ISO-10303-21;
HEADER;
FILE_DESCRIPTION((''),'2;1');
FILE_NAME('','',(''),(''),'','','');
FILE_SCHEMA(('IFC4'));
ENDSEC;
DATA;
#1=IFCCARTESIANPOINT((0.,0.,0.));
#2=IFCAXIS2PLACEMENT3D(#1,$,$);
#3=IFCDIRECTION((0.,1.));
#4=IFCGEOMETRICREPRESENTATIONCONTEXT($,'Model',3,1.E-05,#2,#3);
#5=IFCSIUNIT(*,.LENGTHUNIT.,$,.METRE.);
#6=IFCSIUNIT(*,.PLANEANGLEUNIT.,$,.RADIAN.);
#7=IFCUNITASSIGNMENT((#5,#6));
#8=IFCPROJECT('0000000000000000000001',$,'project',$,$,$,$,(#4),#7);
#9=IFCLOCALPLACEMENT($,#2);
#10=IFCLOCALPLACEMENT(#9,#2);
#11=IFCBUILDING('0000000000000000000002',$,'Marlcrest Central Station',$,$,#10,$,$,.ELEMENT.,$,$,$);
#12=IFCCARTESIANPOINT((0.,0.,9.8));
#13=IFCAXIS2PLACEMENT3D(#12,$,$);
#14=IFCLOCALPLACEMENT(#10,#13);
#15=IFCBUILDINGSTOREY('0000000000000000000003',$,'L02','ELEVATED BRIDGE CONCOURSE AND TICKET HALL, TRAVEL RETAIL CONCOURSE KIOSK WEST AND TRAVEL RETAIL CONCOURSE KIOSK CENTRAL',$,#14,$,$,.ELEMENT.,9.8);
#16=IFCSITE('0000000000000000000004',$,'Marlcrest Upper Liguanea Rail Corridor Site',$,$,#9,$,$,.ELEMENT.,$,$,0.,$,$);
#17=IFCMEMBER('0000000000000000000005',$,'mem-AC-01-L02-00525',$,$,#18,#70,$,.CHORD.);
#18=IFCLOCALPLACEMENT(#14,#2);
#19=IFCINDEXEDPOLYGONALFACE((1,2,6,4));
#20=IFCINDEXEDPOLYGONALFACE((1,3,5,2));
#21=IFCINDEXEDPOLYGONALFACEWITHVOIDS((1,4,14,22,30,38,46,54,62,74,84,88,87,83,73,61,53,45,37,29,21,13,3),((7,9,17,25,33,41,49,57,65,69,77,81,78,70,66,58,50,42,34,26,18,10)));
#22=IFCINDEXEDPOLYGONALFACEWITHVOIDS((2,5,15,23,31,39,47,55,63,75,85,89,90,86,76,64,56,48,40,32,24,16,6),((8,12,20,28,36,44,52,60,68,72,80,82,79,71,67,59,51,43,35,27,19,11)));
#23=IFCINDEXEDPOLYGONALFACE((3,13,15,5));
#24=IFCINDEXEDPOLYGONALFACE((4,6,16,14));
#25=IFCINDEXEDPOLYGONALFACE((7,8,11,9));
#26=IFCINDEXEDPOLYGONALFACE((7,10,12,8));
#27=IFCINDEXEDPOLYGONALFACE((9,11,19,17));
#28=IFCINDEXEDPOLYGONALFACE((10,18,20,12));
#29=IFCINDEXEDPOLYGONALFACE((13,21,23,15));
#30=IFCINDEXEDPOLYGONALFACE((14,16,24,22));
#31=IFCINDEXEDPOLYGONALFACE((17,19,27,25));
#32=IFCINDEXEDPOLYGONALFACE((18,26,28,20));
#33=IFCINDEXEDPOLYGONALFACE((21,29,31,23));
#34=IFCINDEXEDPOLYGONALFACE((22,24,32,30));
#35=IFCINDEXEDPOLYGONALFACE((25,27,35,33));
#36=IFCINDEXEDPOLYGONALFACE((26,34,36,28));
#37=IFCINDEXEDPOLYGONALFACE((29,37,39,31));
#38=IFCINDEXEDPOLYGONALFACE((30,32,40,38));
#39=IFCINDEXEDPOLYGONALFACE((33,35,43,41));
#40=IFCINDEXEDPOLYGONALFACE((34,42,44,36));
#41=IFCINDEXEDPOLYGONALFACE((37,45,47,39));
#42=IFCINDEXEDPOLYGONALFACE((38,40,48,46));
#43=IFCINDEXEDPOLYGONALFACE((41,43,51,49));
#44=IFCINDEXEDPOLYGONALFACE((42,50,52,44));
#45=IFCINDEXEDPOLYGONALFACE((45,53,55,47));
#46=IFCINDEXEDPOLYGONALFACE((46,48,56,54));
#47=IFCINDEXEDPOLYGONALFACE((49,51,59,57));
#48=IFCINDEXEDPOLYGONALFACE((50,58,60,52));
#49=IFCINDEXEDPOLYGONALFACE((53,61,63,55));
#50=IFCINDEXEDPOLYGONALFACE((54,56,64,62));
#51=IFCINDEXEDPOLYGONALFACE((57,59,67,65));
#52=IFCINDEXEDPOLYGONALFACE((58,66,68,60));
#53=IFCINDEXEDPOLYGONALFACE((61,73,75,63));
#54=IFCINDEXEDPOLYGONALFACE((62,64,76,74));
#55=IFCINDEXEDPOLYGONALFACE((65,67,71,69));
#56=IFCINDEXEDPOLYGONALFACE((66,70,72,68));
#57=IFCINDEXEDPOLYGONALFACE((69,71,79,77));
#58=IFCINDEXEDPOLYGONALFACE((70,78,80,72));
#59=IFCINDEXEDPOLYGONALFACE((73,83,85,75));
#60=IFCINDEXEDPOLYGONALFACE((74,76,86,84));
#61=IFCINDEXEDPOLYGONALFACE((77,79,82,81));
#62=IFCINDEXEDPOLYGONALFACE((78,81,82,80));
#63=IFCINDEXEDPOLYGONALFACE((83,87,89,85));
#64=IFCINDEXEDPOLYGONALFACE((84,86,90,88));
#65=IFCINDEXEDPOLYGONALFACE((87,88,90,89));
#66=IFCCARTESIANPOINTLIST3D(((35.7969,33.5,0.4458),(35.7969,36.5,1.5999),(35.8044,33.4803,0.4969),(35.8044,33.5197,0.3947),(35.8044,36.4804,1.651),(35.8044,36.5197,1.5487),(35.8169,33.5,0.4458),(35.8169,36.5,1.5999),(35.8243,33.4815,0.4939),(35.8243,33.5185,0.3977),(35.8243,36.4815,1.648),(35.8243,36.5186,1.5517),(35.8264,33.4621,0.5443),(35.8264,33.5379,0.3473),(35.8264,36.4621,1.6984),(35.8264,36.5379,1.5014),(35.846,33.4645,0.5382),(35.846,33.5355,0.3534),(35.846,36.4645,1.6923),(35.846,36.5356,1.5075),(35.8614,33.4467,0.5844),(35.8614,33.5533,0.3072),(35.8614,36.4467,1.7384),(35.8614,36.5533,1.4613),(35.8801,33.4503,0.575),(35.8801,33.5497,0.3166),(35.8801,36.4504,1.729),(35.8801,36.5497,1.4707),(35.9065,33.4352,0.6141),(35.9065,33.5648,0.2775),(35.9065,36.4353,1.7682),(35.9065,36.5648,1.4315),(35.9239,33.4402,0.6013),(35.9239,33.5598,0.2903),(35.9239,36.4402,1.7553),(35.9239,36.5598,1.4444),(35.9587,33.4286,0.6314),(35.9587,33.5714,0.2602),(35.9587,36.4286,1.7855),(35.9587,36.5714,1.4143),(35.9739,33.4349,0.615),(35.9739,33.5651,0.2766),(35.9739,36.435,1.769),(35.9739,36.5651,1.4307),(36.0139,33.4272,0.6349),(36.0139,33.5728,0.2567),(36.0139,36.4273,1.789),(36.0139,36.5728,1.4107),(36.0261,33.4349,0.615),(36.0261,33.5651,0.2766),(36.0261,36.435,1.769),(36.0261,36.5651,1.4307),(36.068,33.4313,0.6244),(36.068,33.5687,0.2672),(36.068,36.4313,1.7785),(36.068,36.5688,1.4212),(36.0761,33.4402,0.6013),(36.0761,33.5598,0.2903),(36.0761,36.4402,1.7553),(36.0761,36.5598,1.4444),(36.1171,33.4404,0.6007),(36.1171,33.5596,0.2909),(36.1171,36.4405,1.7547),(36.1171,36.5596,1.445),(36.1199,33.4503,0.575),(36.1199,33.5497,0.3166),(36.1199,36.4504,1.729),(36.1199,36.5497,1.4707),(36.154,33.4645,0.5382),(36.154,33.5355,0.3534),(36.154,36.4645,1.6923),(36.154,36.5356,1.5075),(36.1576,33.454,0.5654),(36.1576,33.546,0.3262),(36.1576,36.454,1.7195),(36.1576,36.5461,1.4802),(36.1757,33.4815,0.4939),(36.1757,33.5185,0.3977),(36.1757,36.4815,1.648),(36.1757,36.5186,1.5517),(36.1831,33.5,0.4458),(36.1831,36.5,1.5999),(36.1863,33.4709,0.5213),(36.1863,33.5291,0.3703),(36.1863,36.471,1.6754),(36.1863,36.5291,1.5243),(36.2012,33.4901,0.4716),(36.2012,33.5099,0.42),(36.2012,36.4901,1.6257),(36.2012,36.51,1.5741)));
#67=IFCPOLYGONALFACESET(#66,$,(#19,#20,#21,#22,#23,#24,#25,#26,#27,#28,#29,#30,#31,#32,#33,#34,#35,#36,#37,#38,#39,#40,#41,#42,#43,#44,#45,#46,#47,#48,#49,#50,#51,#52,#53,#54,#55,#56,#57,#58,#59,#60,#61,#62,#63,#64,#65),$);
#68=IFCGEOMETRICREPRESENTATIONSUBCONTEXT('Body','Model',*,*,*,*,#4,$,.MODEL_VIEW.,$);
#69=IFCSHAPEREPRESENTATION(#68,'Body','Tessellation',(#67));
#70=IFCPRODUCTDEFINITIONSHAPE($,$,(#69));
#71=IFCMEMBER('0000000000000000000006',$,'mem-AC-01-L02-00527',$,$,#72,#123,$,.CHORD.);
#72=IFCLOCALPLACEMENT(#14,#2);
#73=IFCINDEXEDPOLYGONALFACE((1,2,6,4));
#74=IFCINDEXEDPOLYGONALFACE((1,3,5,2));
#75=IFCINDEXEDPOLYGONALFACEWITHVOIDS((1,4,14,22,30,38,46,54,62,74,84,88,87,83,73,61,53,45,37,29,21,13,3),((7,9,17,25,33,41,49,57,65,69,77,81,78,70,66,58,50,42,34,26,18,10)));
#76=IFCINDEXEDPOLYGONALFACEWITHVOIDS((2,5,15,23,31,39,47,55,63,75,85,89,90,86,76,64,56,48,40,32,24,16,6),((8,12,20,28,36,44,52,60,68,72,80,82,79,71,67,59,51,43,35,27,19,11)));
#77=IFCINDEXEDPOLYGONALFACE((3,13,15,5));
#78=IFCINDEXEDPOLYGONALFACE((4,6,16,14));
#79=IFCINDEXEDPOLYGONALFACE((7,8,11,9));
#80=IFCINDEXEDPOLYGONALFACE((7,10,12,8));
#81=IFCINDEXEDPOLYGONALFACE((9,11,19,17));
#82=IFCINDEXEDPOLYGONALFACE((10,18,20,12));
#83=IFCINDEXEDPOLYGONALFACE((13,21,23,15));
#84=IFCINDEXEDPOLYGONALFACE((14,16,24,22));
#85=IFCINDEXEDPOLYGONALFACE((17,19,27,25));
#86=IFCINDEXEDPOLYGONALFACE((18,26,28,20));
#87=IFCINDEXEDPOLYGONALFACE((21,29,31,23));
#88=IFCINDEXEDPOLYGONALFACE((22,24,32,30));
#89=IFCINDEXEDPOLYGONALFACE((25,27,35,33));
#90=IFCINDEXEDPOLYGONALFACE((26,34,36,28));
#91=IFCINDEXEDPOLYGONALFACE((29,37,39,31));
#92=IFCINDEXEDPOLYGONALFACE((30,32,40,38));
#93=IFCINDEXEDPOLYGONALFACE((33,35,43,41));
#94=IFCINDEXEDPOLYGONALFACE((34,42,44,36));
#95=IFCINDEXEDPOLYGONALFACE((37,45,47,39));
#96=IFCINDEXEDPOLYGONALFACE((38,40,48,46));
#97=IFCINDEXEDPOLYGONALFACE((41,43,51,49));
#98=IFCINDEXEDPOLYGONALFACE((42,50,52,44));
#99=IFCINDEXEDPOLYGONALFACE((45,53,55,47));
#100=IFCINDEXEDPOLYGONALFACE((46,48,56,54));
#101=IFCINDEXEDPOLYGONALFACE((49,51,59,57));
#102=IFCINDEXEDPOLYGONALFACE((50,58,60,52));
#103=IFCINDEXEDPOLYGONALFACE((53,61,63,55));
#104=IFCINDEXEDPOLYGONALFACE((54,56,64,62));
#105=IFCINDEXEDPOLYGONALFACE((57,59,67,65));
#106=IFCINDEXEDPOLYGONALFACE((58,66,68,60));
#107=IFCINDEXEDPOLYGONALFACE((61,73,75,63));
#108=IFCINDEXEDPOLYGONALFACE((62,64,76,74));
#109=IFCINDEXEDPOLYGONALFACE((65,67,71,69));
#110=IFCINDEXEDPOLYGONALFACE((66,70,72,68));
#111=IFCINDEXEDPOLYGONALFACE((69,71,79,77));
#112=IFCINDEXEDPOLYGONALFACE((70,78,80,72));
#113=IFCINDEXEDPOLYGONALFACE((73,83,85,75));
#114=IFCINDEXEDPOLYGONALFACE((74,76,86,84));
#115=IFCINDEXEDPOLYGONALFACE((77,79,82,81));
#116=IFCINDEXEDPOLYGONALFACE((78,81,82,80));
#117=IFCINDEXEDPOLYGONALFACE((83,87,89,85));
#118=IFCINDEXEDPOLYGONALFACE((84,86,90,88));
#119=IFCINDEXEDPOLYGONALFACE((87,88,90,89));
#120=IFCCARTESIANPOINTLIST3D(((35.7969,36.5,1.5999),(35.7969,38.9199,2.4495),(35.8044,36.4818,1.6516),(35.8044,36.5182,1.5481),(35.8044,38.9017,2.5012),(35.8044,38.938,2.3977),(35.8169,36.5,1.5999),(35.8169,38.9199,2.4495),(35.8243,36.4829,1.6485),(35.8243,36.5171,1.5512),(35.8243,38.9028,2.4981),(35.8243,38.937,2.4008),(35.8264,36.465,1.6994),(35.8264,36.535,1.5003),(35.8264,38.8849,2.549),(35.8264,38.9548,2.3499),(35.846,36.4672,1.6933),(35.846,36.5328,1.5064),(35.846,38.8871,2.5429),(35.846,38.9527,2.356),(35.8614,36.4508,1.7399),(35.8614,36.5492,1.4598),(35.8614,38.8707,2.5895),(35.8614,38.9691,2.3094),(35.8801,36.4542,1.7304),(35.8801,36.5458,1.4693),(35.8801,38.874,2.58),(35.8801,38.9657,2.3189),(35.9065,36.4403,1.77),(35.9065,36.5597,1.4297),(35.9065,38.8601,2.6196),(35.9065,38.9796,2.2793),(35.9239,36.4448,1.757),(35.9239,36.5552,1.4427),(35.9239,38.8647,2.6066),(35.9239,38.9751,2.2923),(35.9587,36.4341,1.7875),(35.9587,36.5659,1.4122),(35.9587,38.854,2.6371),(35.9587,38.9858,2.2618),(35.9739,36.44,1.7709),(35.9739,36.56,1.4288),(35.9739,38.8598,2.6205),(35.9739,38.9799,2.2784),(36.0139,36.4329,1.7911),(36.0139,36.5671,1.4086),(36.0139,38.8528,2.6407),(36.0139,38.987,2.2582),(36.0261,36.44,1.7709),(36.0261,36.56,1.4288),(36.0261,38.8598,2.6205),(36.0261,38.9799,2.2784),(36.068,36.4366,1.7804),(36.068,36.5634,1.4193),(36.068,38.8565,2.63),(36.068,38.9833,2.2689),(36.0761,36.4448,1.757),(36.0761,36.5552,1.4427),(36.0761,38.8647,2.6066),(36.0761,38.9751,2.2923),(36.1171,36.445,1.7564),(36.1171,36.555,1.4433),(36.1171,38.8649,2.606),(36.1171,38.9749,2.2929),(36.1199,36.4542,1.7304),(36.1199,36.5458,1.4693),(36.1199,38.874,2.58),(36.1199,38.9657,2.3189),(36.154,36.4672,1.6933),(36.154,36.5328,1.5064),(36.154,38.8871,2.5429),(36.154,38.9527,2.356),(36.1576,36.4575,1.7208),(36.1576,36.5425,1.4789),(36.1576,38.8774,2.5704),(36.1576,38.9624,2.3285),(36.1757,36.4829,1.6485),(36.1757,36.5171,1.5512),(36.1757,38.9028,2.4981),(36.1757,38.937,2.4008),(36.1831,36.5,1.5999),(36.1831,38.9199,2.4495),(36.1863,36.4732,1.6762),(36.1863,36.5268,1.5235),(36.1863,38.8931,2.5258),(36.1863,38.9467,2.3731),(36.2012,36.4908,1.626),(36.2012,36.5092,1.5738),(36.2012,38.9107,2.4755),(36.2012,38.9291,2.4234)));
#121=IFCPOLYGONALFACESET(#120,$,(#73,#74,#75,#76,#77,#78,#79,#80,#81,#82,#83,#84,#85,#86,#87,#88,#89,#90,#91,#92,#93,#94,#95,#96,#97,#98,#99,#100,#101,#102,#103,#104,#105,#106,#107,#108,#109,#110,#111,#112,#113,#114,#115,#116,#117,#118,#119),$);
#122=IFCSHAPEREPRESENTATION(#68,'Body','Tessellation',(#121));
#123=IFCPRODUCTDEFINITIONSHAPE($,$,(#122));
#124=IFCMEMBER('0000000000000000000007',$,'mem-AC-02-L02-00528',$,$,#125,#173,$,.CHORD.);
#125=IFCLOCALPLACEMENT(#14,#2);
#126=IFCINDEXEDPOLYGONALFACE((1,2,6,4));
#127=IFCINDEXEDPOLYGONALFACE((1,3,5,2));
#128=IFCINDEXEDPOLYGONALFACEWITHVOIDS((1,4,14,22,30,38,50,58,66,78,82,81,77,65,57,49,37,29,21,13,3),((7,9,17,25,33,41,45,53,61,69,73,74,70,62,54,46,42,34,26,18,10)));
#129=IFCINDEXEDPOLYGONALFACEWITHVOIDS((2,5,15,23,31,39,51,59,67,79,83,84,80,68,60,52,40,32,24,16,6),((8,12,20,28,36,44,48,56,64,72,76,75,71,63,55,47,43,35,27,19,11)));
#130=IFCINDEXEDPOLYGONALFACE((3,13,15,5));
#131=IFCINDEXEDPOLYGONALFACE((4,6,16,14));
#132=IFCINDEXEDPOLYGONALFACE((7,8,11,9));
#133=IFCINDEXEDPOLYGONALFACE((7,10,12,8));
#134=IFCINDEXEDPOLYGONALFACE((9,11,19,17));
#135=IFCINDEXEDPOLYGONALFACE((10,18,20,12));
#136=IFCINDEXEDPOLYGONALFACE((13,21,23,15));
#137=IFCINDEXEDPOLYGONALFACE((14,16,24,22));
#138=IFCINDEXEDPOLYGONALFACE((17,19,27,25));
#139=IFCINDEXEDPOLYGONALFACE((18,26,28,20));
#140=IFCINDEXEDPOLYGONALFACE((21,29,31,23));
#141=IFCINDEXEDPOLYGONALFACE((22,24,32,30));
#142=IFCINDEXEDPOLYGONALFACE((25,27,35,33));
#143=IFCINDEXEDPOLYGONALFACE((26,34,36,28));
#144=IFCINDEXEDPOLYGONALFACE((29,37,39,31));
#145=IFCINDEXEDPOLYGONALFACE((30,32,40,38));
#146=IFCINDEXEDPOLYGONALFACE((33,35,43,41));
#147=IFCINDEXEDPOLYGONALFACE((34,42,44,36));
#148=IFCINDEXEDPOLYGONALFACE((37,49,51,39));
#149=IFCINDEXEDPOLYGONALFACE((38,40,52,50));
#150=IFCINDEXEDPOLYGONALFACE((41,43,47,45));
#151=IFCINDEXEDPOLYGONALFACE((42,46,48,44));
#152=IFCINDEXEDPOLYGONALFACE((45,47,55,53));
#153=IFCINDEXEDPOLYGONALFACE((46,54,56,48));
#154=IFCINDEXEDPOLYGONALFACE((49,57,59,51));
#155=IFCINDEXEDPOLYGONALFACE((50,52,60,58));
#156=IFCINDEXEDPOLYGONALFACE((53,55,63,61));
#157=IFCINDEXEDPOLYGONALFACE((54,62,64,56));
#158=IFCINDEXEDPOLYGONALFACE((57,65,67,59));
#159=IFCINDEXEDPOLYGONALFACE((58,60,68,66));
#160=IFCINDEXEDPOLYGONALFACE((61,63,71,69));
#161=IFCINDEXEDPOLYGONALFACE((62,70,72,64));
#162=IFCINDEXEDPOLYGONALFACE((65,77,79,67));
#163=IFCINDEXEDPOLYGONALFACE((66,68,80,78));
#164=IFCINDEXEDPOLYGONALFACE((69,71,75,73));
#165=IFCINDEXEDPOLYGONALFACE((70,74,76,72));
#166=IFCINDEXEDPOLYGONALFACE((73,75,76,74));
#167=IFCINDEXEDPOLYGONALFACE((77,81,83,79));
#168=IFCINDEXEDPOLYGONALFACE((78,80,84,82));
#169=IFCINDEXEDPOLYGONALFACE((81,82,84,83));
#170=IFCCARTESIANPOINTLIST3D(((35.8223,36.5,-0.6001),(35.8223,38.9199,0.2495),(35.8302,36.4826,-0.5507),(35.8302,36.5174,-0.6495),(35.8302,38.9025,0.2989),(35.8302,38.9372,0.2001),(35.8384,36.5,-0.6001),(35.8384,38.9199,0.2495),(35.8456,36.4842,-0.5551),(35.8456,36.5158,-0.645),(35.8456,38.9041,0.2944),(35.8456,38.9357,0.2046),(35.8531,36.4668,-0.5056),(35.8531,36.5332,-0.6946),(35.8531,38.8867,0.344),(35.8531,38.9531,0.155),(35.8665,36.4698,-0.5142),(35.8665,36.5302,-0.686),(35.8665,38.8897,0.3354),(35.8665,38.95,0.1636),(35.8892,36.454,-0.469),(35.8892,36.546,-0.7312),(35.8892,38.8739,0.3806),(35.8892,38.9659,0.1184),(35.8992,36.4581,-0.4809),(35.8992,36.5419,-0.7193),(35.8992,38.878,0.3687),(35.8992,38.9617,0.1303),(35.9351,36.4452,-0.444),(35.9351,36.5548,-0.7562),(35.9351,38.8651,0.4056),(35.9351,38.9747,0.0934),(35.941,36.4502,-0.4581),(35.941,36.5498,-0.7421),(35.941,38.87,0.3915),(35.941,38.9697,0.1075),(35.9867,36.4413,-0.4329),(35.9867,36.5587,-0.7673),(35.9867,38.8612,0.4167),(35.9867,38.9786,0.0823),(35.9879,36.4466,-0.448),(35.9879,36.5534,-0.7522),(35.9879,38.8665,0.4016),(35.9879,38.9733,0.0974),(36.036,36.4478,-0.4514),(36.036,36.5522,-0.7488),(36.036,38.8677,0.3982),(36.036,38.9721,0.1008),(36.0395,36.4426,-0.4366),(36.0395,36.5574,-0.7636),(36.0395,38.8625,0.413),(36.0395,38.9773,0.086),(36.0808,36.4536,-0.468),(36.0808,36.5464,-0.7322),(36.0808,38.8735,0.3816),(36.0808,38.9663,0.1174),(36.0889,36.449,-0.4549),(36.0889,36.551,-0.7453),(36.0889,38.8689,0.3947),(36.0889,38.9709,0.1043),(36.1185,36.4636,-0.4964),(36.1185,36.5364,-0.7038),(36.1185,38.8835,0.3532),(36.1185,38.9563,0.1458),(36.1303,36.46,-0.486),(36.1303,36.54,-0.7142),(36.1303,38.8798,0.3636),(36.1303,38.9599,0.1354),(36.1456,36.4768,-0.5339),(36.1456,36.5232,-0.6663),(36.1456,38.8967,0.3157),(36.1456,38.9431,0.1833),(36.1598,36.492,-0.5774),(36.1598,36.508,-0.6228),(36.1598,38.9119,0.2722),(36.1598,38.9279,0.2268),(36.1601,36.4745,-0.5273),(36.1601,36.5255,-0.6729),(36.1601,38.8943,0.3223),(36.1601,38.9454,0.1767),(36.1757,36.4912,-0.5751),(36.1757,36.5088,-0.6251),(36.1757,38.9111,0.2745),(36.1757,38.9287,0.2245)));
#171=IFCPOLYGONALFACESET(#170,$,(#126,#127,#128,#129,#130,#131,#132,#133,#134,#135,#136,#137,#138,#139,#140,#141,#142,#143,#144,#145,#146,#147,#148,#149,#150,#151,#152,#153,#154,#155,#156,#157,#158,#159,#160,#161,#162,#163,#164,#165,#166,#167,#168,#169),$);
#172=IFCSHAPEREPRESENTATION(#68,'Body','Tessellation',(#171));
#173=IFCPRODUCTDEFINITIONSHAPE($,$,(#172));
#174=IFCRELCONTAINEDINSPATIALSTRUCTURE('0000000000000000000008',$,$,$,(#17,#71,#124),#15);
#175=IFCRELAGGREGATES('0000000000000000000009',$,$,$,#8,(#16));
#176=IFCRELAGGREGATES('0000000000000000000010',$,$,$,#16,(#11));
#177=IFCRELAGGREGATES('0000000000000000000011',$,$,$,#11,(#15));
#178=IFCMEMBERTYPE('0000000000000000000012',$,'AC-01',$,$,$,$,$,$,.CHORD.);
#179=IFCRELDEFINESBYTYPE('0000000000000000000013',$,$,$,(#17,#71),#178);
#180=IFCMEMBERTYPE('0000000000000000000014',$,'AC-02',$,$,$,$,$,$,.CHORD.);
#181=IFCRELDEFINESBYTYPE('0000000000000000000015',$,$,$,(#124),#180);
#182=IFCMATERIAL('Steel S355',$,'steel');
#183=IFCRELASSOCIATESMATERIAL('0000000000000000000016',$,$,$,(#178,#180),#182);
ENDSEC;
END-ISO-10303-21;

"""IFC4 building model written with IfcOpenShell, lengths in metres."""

from ifc_helpers import new_model, si_unit, direction, frame, origin, origin_2d, place, context, subcontext, project, spatial, hollow_circle, extrude, material, material_profile, profile_set, type_object, element, save


model = new_model("IFC4")

# Units and contexts
model_context = context("Model", 3, precision=1e-05, world=origin(), true_north=direction((0.0, 1.0)))
body_context = subcontext(model_context, "Body", "Model", "MODEL_VIEW")
ifc_project = project(units=[si_unit("LENGTHUNIT", "METRE"), si_unit("PLANEANGLEUNIT", "RADIAN")], contexts=[model_context])

# Site, building, storey
site_placement = place(None, origin())
site = spatial("IfcSite", under=ifc_project, at=site_placement, Name="Marlcrest Upper Liguanea Rail Corridor Site", CompositionType="ELEMENT", RefElevation=0.0)
building_placement = place(site_placement, origin())
building = spatial("IfcBuilding", under=site, at=building_placement, Name="Marlcrest Central Station", CompositionType="ELEMENT")
storey_placement = place(building_placement, frame((0.0, 0.0, 9.8)))
storey = spatial("IfcBuildingStorey", under=building, at=storey_placement, Name="L02", Description="ELEVATED BRIDGE CONCOURSE AND TICKET HALL, TRAVEL RETAIL CONCOURSE KIOSK WEST AND TRAVEL RETAIL CONCOURSE KIOSK CENTRAL", CompositionType="ELEMENT", Elevation=9.8)

# Members
ifc_material_1 = material(Name="Steel S355", Category="steel")
ifc_material_profile_1 = material_profile(ifc_material_1, hollow_circle(Radius=0.2031, WallThickness=0.02, at=origin_2d()), Name="CHS 406.4x20")
ifc_profile_set_1 = profile_set([ifc_material_profile_1], Name="Steel S355")
member_type_1 = type_object("IfcMemberType", Name="AC-01", PredefinedType="CHORD", material=ifc_profile_set_1)
member_1_placement = place(storey_placement, frame((36.0, 33.5, 0.4458), z_axis=(0.0, 0.933324, 0.359035), x_axis=(-1.0, 0.0, 0.0)))
element("IfcMember", 1, at=member_1_placement, inside=storey, type_object=member_type_1, Name="mem-AC-01-L02-00525", PredefinedType="CHORD", context=body_context, shape_type="SweptSolid", body=[
    extrude(hollow_circle(Radius=0.2031, WallThickness=0.02, at=origin_2d()), origin(), (0.0, 0.0, 1.0), 3.2144),
])
member_2_placement = place(storey_placement, frame((36.0, 36.5, 1.5999), z_axis=(0.0, 0.943537, 0.331266), x_axis=(-1.0, 0.0, 0.0)))
element("IfcMember", 2, at=member_2_placement, inside=storey, type_object=member_type_1, Name="mem-AC-01-L02-00527", PredefinedType="CHORD", context=body_context, shape_type="SweptSolid", body=[
    extrude(hollow_circle(Radius=0.2031, WallThickness=0.02, at=origin_2d()), origin(), (0.0, 0.0, 1.0), 2.5647),
])
ifc_material_profile_2 = material_profile(ifc_material_1, hollow_circle(Radius=0.1777, WallThickness=0.0161, at=origin_2d()), Name="CHS 355.6x16")
ifc_profile_set_2 = profile_set([ifc_material_profile_2], Name="Steel S355")
member_type_2 = type_object("IfcMemberType", Name="AC-02", PredefinedType="CHORD", material=ifc_profile_set_2)
member_3_placement = place(storey_placement, frame((36.0, 36.5, -0.6001), z_axis=(0.0, 0.943537, 0.331266), x_axis=(-1.0, 0.0, 0.0)))
element("IfcMember", 3, at=member_3_placement, inside=storey, type_object=member_type_2, Name="mem-AC-02-L02-00528", PredefinedType="CHORD", context=body_context, shape_type="SweptSolid", body=[
    extrude(hollow_circle(Radius=0.1777, WallThickness=0.0161, at=origin_2d()), origin(), (0.0, 0.0, 1.0), 2.5647),
])

save(model, "model.ifc")
